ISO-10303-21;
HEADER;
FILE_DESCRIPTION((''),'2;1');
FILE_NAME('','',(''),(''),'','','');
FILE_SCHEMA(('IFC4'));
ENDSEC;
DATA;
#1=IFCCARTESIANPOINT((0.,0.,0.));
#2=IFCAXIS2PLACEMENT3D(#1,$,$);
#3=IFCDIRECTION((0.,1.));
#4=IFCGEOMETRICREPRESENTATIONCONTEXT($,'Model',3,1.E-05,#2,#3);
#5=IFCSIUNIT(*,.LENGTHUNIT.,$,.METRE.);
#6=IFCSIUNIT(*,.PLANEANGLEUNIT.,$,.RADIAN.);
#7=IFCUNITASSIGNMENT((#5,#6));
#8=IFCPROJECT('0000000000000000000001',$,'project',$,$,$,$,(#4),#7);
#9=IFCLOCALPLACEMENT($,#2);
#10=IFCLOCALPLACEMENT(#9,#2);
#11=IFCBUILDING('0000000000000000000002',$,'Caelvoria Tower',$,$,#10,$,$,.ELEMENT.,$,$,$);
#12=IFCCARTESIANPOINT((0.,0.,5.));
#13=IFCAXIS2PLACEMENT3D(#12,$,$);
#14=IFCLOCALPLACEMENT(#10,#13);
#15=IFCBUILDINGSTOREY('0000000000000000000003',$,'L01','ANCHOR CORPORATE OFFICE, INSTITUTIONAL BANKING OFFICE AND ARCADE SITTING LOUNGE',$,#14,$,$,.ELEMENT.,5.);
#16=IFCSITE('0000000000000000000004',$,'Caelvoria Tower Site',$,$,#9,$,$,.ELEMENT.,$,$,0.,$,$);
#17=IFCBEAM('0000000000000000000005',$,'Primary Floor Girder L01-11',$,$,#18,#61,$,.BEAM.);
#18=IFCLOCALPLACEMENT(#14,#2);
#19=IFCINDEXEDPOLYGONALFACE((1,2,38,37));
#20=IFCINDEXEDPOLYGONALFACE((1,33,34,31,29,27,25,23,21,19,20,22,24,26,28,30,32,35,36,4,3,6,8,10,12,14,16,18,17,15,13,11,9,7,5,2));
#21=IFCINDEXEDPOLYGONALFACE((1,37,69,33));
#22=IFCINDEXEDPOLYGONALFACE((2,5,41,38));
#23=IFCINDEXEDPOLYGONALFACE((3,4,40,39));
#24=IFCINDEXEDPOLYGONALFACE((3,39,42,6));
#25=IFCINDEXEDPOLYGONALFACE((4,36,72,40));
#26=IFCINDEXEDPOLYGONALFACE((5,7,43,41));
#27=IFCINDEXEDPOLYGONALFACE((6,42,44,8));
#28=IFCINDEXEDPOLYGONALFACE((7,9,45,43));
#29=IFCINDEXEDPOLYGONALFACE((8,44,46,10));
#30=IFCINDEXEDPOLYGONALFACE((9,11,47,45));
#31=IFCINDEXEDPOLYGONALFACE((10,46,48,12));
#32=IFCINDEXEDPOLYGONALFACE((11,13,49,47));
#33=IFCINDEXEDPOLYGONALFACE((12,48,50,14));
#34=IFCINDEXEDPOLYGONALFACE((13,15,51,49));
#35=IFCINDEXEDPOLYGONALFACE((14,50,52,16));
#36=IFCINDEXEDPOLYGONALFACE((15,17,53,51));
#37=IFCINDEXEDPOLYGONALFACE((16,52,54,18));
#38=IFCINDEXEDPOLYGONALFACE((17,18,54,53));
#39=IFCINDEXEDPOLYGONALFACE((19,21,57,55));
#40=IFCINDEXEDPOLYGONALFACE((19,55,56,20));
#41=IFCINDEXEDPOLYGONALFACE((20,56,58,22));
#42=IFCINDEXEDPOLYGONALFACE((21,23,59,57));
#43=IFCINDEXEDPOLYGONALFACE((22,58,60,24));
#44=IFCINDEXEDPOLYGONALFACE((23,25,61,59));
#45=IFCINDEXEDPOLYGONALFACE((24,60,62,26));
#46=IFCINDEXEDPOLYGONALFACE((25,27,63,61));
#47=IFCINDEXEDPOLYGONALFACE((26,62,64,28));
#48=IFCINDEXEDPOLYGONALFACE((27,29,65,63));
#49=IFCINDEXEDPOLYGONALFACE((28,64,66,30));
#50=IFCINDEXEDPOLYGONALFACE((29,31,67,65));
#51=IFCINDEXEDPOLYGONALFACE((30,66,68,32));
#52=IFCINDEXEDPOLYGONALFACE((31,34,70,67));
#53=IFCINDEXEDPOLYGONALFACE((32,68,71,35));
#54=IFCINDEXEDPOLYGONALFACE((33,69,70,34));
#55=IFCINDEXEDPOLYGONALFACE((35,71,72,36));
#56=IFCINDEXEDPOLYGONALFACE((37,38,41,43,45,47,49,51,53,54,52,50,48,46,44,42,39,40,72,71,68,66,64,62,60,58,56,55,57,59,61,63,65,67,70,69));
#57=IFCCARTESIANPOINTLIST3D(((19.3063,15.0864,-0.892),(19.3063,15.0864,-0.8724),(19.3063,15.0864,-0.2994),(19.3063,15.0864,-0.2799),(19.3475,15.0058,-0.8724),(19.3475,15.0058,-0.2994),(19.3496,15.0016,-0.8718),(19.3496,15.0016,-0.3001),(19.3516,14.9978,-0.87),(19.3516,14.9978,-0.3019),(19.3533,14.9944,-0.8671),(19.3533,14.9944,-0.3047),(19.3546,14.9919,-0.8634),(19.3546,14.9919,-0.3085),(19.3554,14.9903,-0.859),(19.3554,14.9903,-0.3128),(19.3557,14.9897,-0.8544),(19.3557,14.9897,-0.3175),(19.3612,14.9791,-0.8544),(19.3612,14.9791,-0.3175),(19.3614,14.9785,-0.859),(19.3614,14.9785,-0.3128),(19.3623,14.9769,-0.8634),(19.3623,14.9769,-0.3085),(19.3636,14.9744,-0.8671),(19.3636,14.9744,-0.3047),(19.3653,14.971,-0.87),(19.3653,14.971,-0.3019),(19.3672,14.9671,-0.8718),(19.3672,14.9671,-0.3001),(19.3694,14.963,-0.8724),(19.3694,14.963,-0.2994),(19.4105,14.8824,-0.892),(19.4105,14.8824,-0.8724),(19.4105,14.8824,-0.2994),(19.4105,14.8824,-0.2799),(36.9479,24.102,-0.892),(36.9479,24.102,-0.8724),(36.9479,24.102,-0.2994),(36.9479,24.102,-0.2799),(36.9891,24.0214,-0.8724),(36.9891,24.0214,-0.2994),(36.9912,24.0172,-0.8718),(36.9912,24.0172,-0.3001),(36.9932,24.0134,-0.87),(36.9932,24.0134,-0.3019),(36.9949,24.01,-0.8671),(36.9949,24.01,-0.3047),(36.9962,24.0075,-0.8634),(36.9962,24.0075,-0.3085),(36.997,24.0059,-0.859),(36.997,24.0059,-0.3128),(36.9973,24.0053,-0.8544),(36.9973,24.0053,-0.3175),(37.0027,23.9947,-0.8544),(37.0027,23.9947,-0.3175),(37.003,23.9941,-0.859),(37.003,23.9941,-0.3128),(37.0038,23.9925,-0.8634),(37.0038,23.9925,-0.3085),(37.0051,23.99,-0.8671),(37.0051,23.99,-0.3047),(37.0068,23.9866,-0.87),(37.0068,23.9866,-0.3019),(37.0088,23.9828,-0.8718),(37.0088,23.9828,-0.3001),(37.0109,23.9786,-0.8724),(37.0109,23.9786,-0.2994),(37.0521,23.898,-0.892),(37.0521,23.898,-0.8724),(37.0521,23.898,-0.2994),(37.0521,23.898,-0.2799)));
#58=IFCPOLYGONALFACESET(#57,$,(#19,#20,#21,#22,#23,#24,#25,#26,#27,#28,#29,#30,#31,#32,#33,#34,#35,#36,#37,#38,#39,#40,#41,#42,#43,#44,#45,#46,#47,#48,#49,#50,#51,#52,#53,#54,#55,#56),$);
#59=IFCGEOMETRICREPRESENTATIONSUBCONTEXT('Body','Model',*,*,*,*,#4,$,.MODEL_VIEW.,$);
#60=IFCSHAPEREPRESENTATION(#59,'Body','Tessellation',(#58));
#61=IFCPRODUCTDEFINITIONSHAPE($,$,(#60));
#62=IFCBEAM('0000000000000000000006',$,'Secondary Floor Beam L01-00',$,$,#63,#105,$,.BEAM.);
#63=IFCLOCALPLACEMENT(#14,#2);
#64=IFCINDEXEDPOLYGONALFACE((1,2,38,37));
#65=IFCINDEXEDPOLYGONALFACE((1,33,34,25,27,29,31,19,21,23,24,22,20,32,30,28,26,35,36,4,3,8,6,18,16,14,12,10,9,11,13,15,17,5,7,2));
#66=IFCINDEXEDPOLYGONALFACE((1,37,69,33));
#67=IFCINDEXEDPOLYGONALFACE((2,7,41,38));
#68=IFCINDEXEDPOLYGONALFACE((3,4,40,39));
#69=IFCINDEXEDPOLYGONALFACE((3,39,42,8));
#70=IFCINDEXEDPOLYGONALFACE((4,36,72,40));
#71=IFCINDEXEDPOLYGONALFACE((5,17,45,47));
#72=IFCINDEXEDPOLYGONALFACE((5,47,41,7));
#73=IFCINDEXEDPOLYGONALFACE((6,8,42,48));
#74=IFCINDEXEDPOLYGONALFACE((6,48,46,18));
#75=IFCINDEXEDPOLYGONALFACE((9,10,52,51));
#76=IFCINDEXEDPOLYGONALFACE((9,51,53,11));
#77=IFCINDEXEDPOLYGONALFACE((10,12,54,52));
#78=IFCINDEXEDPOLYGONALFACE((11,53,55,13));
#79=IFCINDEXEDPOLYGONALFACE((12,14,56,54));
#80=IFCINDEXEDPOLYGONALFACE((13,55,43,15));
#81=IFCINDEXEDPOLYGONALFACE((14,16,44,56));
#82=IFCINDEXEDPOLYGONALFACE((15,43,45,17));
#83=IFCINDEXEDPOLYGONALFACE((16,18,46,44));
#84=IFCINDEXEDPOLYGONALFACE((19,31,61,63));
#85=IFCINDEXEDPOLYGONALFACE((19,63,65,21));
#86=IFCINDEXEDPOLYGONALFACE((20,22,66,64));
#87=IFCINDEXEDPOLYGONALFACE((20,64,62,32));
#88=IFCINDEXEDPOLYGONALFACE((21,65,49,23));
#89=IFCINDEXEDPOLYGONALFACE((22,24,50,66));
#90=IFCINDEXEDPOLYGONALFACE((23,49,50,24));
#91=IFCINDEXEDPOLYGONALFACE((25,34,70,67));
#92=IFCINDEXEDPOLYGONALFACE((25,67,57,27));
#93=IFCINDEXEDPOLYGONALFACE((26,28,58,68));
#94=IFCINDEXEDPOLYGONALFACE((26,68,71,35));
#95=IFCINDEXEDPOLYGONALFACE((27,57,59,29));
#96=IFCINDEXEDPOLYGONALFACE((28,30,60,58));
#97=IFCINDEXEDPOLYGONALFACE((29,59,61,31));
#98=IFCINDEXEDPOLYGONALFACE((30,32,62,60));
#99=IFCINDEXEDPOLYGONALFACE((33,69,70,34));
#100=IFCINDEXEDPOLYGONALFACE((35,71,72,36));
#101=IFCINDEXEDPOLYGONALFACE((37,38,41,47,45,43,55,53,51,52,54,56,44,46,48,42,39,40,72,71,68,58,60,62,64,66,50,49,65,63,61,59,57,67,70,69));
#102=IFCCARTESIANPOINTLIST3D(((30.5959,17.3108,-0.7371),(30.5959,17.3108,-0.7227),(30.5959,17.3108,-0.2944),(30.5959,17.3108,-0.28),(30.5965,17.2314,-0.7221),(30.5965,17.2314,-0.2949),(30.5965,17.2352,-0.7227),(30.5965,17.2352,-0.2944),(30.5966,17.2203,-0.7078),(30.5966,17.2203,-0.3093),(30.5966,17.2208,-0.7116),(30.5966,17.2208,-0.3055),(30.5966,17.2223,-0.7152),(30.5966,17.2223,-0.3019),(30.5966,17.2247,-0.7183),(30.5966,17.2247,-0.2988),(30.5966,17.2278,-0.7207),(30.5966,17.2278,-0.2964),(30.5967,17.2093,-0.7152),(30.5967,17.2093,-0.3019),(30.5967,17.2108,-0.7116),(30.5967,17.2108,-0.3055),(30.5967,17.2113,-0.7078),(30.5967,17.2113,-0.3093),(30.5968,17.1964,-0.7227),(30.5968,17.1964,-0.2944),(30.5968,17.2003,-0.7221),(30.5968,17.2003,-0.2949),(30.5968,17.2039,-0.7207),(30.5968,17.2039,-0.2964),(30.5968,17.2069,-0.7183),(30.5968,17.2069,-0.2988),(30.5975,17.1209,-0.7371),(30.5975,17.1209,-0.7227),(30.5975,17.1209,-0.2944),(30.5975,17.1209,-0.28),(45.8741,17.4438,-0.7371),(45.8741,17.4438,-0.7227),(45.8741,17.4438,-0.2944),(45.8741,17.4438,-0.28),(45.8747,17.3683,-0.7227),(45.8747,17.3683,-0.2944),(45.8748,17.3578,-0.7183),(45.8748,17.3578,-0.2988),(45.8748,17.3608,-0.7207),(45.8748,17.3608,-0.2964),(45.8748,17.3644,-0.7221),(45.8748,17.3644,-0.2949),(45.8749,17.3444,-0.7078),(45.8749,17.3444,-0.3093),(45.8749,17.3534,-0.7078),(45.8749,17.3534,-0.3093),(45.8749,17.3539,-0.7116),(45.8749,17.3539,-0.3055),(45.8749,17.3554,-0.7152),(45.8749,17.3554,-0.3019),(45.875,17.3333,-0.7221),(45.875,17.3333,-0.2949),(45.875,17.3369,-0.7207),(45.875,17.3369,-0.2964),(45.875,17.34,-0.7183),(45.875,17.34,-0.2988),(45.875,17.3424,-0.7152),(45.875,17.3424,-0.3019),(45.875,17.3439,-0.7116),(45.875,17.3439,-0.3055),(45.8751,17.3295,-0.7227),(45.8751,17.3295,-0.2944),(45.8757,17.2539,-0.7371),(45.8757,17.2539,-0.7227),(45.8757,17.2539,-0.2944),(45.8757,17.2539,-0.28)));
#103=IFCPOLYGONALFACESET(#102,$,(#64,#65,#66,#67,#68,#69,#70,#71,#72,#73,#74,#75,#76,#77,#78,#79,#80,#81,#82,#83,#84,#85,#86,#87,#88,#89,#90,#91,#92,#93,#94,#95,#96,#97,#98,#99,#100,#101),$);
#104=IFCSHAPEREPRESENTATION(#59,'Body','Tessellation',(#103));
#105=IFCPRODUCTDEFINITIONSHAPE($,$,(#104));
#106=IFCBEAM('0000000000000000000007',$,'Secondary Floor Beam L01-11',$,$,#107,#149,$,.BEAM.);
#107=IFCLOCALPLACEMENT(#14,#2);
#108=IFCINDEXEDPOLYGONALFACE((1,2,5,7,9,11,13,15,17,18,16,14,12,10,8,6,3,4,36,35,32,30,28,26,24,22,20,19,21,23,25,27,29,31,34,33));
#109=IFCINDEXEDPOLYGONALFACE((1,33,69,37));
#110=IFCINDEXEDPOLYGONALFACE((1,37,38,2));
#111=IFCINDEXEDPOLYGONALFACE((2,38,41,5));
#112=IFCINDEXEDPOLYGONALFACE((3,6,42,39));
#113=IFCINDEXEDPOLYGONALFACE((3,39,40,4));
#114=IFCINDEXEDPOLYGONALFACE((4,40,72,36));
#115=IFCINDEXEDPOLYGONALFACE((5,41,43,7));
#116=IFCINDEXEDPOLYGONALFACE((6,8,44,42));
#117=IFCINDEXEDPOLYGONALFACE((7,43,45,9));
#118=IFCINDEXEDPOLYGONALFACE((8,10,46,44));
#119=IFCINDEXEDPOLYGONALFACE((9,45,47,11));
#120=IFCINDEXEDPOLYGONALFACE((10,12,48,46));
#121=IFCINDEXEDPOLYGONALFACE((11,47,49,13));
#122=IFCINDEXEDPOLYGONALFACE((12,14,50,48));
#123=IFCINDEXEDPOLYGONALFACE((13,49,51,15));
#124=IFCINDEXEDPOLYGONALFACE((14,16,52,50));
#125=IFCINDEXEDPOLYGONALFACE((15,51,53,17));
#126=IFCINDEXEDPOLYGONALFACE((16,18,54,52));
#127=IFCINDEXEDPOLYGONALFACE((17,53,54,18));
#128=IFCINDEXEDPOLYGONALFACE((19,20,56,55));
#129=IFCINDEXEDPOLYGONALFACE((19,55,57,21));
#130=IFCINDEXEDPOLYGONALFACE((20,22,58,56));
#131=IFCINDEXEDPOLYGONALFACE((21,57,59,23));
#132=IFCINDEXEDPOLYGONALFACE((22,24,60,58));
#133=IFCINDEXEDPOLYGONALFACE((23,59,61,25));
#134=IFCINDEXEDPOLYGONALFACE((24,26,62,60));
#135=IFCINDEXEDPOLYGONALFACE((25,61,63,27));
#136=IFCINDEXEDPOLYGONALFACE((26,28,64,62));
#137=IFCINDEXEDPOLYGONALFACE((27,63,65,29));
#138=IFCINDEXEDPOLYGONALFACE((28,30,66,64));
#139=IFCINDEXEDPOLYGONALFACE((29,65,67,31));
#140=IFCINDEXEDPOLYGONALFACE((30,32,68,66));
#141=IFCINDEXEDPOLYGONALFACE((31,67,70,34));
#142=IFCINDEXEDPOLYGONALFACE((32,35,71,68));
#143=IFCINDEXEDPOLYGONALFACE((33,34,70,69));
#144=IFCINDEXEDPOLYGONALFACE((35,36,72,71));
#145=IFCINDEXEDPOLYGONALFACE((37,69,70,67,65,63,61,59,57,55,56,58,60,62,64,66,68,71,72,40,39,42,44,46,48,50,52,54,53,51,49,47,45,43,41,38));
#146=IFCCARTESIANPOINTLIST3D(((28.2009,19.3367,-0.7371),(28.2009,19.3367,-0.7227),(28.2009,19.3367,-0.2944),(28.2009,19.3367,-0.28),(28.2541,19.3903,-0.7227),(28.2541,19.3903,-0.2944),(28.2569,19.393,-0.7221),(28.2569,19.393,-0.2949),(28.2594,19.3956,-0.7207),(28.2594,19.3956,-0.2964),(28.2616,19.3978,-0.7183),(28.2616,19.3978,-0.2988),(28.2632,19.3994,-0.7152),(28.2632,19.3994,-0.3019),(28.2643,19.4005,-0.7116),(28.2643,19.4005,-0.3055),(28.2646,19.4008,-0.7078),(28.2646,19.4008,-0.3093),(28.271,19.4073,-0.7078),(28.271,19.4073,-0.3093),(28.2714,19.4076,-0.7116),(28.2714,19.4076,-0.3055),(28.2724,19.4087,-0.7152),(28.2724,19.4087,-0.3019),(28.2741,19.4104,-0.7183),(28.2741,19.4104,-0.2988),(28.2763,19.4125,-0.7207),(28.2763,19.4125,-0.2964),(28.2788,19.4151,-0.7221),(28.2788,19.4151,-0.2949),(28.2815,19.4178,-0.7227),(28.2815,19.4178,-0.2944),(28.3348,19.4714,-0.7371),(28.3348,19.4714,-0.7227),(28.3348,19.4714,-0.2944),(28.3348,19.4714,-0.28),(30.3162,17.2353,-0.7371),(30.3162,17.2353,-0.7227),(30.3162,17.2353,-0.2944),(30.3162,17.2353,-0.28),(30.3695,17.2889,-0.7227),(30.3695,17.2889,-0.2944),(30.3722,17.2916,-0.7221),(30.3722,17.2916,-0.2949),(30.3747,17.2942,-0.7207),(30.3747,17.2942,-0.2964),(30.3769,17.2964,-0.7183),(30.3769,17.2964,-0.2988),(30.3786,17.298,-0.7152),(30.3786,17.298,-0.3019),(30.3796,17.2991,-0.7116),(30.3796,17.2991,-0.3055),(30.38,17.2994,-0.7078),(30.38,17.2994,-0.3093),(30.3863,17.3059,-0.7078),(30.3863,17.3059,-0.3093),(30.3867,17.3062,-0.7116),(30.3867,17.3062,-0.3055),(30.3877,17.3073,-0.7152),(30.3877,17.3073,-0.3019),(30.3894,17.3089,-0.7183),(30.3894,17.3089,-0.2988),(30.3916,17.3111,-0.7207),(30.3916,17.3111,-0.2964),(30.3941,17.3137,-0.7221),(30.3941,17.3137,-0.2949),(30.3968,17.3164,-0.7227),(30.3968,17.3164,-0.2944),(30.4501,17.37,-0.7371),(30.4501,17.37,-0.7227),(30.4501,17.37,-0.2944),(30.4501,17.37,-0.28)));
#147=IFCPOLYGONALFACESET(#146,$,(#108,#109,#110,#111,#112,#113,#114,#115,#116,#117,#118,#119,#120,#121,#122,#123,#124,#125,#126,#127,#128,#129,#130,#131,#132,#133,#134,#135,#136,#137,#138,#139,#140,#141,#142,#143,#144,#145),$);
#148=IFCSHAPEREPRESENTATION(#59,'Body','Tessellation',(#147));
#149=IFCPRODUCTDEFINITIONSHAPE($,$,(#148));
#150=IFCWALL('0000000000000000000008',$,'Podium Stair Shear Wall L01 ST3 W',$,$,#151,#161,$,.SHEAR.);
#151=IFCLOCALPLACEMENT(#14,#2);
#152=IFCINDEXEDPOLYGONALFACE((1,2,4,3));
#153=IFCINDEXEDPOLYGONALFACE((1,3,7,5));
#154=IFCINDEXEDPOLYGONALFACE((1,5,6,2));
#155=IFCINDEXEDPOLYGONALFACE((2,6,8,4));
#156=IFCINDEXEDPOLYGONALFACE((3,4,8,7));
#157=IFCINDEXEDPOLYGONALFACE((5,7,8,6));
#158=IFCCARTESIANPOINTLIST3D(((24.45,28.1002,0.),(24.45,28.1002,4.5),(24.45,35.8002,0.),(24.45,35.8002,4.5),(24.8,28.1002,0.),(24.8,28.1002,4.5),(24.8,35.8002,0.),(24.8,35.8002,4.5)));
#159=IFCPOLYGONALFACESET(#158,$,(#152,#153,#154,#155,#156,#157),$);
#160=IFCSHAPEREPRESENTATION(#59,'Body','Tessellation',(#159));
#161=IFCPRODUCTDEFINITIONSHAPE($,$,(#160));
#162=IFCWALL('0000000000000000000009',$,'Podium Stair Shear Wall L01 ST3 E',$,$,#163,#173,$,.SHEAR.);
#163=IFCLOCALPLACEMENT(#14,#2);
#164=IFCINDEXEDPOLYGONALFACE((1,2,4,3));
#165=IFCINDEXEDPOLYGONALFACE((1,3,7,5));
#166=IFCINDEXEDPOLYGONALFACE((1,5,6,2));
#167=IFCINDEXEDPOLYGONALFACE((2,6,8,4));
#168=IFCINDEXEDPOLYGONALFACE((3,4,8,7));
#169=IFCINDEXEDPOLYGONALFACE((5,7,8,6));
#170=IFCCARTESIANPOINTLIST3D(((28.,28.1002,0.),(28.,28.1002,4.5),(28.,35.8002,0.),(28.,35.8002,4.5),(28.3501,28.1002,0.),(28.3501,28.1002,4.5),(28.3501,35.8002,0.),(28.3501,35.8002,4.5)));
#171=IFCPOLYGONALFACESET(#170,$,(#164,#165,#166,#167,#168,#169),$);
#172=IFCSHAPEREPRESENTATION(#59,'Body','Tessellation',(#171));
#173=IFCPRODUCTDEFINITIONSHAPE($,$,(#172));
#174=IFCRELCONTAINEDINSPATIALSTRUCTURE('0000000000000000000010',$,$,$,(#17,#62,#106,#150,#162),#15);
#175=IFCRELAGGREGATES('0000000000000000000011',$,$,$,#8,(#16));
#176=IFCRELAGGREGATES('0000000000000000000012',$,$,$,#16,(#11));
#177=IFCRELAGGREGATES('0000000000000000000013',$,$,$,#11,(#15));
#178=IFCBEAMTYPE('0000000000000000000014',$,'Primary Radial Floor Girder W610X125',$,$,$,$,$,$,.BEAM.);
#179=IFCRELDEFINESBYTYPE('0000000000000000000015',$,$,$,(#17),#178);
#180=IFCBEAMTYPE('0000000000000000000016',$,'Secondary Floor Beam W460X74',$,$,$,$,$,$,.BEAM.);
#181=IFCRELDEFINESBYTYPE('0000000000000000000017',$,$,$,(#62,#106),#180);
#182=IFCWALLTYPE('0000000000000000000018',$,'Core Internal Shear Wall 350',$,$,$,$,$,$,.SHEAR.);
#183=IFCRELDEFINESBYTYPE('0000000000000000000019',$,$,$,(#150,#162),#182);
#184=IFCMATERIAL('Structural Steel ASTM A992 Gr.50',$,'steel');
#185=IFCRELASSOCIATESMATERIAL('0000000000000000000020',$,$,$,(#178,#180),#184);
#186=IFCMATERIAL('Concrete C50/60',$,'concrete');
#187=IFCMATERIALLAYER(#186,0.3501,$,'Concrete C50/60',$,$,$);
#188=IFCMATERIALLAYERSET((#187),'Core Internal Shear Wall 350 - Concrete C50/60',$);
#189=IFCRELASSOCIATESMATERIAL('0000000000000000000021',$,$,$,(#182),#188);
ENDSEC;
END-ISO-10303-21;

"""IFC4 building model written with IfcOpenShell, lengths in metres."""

from ifc_helpers import new_model, si_unit, direction, frame, frame_2d, origin, origin_2d, place, context, subcontext, project, spatial, rectangle, i_section, extrude, material, layer, layer_set, material_profile, profile_set, type_object, element, save


model = new_model("IFC4")

# Units and contexts
model_context = context("Model", 3, precision=1e-05, world=origin(), true_north=direction((0.0, 1.0)))
body_context = subcontext(model_context, "Body", "Model", "MODEL_VIEW")
ifc_project = project(units=[si_unit("LENGTHUNIT", "METRE"), si_unit("PLANEANGLEUNIT", "RADIAN")], contexts=[model_context])

# Site, building, storey
site_placement = place(None, origin())
site = spatial("IfcSite", under=ifc_project, at=site_placement, Name="Caelvoria Tower Site", CompositionType="ELEMENT", RefElevation=0.0)
building_placement = place(site_placement, origin())
building = spatial("IfcBuilding", under=site, at=building_placement, Name="Caelvoria Tower", CompositionType="ELEMENT")
storey_placement = place(building_placement, frame((0.0, 0.0, 5.0)))
storey = spatial("IfcBuildingStorey", under=building, at=storey_placement, Name="L01", Description="ANCHOR CORPORATE OFFICE, INSTITUTIONAL BANKING OFFICE AND ARCADE SITTING LOUNGE", CompositionType="ELEMENT", Elevation=5.0)

# Beams
ifc_material_1 = material(Name="Structural Steel ASTM A992 Gr.50", Category="steel")
ifc_material_profile_1 = material_profile(ifc_material_1, i_section(OverallWidth=0.229, OverallDepth=0.6121, WebThickness=0.012, FlangeThickness=0.0195, FilletRadius=0.0181, at=origin_2d()), Name="Structural Steel ASTM A992 Gr.50")
ifc_profile_set_1 = profile_set([ifc_material_profile_1], Name="W610X125 - Structural Steel ASTM A992 Gr.50")
beam_type_1 = type_object("IfcBeamType", Name="Primary Radial Floor Girder W610X125", PredefinedType="BEAM", material=ifc_profile_set_1)
beam_1_placement = place(storey_placement, frame((37.0, 24.0, -0.5859), z_axis=(-0.890459, -0.455063, 0.0), x_axis=(0.455063, -0.890459, 0.0)))
element("IfcBeam", 1, at=beam_1_placement, inside=storey, type_object=beam_type_1, Name="Primary Floor Girder L01-11", PredefinedType="BEAM", context=body_context, shape_type="SweptSolid", body=[
    extrude(i_section(OverallWidth=0.229, OverallDepth=0.6121, WebThickness=0.012, FlangeThickness=0.0195, FilletRadius=0.0181, at=origin_2d()), origin(), (0.0, 0.0, 1.0), 19.8118),
])
ifc_material_profile_2 = material_profile(ifc_material_1, i_section(OverallWidth=0.1899, OverallDepth=0.457, WebThickness=0.009, FlangeThickness=0.0144, FilletRadius=0.0149, at=origin_2d()), Name="Structural Steel ASTM A992 Gr.50")
ifc_profile_set_2 = profile_set([ifc_material_profile_2], Name="W460X74 - Structural Steel ASTM A992 Gr.50")
beam_type_2 = type_object("IfcBeamType", Name="Secondary Floor Beam W460X74", PredefinedType="BEAM", material=ifc_profile_set_2)
beam_2_placement = place(storey_placement, frame((30.5967, 17.2158, -0.5085), z_axis=(0.999962, 0.008709, 0.0), x_axis=(-0.008709, 0.999962, 0.0)))
element("IfcBeam", 2, at=beam_2_placement, inside=storey, type_object=beam_type_2, Name="Secondary Floor Beam L01-00", PredefinedType="BEAM", context=body_context, shape_type="SweptSolid", body=[
    extrude(i_section(OverallWidth=0.1899, OverallDepth=0.457, WebThickness=0.009, FlangeThickness=0.0144, FilletRadius=0.0149, at=origin_2d()), origin(), (0.0, 0.0, 1.0), 15.2788),
])
beam_3_placement = place(storey_placement, frame((28.2678, 19.4041, -0.5085), z_axis=(0.709437, -0.704769, 0.0), x_axis=(0.704769, 0.709437, 0.0)))
element("IfcBeam", 3, at=beam_3_placement, inside=storey, type_object=beam_type_2, Name="Secondary Floor Beam L01-11", PredefinedType="BEAM", context=body_context, shape_type="SweptSolid", body=[
    extrude(i_section(OverallWidth=0.1899, OverallDepth=0.457, WebThickness=0.009, FlangeThickness=0.0144, FilletRadius=0.0149, at=origin_2d()), origin(), (0.0, 0.0, 1.0), 2.9817),
])

# Shared definitions
ifc_material_2 = material(Name="Concrete C50/60", Category="concrete")
ifc_layer_1 = layer(ifc_material_2, 0.3501, Name="Concrete C50/60")
ifc_layer_set_1 = layer_set([ifc_layer_1], Name="Core Internal Shear Wall 350 - Concrete C50/60")
wall_type_1 = type_object("IfcWallType", Name="Core Internal Shear Wall 350", PredefinedType="SHEAR", material=ifc_layer_set_1)

# Walls
for number, where, z_axis, x_axis, name in (
    (4, (24.625, 28.1001, 0.0), (0.0, 0.0, 1.0), (0.0, 1.0, 0.0), "Podium Stair Shear Wall L01 ST3 W"),
    (5, (28.175, 28.1001, 0.0), (0.0, 0.0, 1.0), (0.0, 1.0, 0.0), "Podium Stair Shear Wall L01 ST3 E"),
):
    element("IfcWall", number, at=place(storey_placement, frame(where, z_axis=z_axis, x_axis=x_axis)), inside=storey, type_object=wall_type_1, Name=name, PredefinedType="SHEAR", context=body_context, shape_type="SweptSolid", body=[
        extrude(rectangle(XDim=7.7, YDim=0.3501, at=frame_2d((3.8501, 0.0))), origin(), (0.0, 0.0, 1.0), 4.5),
    ])

save(model, "model.ifc")
